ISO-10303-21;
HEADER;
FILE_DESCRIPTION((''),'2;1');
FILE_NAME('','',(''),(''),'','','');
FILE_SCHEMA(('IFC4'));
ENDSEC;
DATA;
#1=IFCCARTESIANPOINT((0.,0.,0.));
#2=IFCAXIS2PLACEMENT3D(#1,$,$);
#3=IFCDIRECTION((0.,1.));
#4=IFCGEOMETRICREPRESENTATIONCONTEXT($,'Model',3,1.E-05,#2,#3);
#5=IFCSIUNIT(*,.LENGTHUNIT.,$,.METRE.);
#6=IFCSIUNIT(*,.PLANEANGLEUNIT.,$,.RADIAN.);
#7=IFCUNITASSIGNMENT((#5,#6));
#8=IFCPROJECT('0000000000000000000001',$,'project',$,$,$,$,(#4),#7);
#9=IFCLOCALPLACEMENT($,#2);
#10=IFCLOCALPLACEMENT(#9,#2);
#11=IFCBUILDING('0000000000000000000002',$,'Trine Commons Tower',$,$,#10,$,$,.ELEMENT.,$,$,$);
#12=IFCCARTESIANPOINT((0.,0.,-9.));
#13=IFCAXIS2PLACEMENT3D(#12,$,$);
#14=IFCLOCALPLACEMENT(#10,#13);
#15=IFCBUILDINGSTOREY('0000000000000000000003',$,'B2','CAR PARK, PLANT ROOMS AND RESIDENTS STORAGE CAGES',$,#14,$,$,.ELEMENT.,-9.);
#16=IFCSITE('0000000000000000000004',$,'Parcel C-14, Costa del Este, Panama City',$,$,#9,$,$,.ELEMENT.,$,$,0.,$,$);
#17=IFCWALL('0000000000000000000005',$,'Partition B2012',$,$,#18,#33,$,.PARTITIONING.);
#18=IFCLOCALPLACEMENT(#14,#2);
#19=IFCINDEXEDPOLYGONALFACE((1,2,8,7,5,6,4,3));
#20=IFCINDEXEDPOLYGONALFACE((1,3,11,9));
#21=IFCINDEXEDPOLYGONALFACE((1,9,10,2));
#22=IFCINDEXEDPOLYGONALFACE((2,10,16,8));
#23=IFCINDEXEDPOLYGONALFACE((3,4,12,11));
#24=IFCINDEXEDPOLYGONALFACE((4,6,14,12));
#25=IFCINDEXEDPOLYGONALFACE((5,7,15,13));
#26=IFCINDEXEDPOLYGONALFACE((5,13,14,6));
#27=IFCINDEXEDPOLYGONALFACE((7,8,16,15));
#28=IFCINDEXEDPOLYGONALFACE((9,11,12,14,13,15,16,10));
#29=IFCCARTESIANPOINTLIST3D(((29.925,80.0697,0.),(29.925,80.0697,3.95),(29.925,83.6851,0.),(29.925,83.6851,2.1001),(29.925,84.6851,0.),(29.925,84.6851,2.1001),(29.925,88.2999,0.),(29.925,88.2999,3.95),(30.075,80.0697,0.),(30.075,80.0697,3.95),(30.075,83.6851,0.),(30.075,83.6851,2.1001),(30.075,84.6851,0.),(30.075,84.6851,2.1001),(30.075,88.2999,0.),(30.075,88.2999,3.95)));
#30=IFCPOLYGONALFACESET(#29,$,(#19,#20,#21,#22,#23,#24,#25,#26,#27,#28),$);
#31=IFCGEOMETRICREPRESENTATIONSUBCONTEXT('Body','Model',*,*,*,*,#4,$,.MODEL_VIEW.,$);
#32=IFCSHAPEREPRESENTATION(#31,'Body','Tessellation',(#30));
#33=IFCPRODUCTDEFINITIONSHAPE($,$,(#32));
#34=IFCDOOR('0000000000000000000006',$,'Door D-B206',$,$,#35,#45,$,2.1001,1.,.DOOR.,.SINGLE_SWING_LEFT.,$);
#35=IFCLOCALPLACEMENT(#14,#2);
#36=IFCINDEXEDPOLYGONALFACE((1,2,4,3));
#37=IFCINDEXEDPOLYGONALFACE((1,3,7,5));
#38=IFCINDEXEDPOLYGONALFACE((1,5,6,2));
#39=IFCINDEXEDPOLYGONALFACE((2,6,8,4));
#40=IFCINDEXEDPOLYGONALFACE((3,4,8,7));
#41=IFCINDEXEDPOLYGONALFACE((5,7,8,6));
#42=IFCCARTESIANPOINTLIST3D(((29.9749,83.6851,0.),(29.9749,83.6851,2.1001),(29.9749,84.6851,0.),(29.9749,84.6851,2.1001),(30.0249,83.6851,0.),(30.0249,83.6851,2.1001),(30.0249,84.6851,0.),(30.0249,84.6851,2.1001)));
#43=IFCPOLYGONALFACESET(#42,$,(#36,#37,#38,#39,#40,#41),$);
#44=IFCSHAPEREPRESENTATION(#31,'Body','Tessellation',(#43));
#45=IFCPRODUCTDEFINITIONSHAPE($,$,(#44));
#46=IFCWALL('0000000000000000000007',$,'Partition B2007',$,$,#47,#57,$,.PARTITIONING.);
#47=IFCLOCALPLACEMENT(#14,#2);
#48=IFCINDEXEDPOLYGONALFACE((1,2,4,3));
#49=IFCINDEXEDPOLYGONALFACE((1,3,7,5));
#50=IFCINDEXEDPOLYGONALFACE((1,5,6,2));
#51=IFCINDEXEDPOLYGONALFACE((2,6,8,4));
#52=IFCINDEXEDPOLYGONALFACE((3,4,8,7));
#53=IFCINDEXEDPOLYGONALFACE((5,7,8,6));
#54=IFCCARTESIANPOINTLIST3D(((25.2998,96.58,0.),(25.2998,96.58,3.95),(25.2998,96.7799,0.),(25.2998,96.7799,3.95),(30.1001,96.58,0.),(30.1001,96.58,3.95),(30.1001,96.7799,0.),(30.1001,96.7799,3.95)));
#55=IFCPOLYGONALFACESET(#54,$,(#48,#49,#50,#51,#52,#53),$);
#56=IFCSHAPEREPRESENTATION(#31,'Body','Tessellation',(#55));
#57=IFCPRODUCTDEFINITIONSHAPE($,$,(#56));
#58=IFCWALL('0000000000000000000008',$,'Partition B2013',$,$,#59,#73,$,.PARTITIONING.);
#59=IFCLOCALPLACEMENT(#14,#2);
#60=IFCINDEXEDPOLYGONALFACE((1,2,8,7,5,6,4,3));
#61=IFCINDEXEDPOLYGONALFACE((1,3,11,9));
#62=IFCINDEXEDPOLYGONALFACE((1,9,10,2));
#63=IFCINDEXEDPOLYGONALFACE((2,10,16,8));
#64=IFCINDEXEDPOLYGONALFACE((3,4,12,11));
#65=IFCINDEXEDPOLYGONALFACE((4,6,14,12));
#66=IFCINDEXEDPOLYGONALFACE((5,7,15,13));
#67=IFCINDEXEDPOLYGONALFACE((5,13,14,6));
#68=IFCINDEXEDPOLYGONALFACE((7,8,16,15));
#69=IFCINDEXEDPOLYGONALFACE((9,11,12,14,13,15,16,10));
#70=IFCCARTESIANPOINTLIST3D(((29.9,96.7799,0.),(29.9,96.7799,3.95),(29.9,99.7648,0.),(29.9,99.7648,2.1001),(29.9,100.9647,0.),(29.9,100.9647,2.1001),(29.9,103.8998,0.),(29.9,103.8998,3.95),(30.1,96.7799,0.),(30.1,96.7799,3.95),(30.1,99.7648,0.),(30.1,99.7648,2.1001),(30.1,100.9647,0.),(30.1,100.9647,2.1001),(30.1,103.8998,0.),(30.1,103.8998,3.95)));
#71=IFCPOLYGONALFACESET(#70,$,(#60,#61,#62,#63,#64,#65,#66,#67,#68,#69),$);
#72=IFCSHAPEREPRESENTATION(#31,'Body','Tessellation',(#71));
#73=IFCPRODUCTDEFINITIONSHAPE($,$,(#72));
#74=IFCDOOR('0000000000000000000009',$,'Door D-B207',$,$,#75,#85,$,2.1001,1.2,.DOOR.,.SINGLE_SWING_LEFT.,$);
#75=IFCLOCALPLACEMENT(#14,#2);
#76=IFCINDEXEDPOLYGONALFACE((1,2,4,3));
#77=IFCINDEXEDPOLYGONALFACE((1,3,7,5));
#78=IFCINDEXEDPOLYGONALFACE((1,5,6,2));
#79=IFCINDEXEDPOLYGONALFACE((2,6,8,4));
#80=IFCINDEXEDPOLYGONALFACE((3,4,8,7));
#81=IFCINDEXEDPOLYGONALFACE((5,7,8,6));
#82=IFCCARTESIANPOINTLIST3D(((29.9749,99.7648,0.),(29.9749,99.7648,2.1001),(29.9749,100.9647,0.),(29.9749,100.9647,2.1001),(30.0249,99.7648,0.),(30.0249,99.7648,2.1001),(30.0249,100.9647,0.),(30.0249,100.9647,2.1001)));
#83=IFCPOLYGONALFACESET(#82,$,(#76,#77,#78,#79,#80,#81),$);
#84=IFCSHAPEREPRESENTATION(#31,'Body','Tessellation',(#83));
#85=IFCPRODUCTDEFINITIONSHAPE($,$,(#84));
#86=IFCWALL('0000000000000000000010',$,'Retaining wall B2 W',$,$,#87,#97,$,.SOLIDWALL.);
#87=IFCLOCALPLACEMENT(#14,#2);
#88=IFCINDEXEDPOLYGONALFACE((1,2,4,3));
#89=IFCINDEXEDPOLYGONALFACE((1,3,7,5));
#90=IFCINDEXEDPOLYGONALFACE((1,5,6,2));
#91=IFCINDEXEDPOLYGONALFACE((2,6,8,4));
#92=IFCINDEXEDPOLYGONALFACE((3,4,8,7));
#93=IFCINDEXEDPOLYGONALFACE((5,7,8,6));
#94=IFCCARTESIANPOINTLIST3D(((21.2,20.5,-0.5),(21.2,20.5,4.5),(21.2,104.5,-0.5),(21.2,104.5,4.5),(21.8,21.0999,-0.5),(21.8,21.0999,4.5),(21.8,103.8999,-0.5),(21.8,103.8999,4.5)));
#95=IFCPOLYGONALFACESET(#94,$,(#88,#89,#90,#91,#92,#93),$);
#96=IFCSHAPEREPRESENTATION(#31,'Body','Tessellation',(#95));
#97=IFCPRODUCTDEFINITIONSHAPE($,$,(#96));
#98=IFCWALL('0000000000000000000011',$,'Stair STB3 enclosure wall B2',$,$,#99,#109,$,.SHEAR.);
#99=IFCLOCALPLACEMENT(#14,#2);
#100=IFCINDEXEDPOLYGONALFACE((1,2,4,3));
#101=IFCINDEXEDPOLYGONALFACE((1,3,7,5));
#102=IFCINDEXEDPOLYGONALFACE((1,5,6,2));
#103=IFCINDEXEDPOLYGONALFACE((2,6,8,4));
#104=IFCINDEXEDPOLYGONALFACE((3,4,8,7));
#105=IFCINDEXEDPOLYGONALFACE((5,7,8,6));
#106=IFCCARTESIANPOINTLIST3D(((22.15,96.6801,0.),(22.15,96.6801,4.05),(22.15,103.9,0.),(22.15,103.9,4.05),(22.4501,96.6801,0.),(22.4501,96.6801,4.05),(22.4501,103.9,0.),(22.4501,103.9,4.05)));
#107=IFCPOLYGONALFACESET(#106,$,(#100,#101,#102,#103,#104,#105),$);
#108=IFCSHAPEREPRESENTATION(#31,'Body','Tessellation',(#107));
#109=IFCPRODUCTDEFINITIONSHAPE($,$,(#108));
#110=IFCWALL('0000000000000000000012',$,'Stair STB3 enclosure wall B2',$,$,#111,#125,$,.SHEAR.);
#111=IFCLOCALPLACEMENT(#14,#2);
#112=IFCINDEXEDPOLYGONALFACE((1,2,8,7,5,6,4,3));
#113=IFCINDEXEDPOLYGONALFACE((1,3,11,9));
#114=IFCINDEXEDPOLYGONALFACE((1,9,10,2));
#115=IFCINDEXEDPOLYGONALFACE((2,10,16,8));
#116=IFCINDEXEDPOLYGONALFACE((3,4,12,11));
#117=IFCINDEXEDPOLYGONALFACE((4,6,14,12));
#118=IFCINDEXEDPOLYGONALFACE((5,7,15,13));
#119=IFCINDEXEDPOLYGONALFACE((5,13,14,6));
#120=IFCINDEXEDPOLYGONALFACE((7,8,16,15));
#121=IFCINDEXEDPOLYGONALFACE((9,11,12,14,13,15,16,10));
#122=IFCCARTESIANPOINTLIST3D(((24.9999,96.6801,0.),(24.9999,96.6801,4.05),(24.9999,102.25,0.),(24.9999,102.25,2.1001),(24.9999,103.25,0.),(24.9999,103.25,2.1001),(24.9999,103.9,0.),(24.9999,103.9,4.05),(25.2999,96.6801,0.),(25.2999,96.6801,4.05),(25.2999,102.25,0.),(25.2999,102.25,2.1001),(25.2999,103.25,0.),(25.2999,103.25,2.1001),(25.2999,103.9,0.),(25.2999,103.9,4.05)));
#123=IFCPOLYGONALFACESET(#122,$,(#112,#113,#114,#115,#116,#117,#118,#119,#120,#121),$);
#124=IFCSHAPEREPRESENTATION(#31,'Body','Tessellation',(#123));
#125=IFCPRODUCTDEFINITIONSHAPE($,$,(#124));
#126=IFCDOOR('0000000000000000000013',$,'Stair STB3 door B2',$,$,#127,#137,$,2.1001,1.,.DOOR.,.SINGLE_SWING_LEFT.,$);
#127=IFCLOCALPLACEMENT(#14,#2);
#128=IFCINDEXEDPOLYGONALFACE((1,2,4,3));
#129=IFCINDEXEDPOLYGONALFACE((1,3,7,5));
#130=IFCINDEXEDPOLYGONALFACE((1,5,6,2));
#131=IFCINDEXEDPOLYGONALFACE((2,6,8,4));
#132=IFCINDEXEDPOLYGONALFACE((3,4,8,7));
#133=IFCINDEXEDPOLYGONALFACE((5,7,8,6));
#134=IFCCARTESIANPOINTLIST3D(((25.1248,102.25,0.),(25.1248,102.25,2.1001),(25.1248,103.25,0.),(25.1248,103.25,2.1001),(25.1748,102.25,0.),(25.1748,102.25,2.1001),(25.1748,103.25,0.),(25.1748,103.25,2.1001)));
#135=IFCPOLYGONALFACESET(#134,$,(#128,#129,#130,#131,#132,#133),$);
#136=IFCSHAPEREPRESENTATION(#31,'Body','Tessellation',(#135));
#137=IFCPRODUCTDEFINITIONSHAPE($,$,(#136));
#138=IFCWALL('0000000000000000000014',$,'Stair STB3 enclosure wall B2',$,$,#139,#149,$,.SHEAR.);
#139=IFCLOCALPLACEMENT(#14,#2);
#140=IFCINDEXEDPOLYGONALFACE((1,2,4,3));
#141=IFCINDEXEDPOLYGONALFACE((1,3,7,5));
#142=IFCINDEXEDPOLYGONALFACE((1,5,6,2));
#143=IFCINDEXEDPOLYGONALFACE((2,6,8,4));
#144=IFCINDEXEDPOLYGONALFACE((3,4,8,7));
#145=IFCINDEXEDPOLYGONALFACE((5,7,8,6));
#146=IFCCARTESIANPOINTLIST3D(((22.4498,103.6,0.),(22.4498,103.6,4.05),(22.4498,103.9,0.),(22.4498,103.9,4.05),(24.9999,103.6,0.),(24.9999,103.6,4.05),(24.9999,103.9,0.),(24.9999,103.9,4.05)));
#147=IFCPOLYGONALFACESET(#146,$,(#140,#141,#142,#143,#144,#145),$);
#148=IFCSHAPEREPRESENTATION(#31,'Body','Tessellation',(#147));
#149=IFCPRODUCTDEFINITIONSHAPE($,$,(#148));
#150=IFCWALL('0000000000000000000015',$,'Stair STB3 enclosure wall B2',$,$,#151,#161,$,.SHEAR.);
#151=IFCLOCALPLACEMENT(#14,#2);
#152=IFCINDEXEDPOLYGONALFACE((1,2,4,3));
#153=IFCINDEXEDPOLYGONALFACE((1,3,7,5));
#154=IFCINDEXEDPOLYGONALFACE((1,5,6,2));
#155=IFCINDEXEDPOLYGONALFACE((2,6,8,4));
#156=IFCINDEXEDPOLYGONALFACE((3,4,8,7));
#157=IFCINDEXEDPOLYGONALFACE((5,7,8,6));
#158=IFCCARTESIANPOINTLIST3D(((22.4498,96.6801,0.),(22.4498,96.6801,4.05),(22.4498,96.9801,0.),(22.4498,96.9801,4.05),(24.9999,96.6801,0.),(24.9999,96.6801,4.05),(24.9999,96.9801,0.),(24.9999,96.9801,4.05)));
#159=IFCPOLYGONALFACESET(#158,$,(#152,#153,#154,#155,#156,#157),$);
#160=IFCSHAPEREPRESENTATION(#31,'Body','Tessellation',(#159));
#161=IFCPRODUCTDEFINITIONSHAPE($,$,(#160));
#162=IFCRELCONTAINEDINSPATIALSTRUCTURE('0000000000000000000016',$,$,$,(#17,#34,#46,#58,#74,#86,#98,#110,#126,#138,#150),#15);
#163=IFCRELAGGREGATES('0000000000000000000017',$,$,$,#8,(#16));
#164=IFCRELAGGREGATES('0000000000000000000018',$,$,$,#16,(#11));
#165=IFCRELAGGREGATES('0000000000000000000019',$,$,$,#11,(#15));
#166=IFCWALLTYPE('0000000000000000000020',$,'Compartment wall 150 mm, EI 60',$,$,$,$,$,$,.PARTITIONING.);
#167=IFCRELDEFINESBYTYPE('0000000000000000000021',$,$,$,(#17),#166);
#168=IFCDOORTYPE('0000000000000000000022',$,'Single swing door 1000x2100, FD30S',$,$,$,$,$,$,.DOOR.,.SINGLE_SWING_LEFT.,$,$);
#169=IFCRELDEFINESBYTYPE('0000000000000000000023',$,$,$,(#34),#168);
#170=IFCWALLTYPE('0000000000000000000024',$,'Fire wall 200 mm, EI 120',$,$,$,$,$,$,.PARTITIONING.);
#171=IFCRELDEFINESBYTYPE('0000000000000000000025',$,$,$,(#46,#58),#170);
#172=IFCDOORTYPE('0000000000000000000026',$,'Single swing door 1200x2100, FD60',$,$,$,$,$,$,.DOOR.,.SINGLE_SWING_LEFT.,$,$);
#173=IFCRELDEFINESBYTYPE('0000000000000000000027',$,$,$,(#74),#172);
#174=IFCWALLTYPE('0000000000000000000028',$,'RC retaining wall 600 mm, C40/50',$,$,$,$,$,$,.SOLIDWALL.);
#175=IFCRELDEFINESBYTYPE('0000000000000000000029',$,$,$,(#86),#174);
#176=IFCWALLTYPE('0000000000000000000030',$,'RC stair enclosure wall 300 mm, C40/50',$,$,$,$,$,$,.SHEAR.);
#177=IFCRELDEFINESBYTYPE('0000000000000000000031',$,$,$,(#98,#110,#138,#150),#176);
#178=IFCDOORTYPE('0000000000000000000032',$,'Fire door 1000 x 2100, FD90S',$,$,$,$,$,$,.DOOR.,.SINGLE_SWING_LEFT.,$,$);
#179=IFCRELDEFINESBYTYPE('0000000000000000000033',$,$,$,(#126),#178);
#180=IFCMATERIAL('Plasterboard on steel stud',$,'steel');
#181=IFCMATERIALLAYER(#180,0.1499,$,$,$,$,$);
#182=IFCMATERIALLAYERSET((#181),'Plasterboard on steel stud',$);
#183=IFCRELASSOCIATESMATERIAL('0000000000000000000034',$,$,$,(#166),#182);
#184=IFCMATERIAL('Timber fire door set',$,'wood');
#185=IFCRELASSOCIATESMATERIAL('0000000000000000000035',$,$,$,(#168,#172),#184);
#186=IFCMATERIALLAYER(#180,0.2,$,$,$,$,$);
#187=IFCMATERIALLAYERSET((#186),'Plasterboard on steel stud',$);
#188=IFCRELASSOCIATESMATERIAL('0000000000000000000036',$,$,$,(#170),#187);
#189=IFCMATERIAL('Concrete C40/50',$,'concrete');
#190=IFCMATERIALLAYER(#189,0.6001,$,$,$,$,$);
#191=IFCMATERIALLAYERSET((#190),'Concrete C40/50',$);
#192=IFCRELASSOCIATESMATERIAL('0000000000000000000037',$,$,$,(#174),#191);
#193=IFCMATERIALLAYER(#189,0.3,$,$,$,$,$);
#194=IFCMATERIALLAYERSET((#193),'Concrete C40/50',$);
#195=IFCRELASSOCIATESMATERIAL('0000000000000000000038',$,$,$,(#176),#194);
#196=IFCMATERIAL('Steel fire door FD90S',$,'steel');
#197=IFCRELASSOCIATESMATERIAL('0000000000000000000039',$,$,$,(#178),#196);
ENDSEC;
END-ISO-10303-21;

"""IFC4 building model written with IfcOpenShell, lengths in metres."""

from ifc_helpers import new_model, si_unit, direction, frame, frame_2d, origin, place, context, subcontext, project, spatial, polyline, rectangle, outline, extrude, material, layer, layer_set, type_object, element, fill, save


model = new_model("IFC4")

# Units and contexts
model_context = context("Model", 3, precision=1e-05, world=origin(), true_north=direction((0.0, 1.0)))
body_context = subcontext(model_context, "Body", "Model", "MODEL_VIEW")
ifc_project = project(units=[si_unit("LENGTHUNIT", "METRE"), si_unit("PLANEANGLEUNIT", "RADIAN")], contexts=[model_context])

# Site, building, storey
site_placement = place(None, origin())
site = spatial("IfcSite", under=ifc_project, at=site_placement, Name="Parcel C-14, Costa del Este, Panama City", CompositionType="ELEMENT", RefElevation=0.0)
building_placement = place(site_placement, origin())
building = spatial("IfcBuilding", under=site, at=building_placement, Name="Trine Commons Tower", CompositionType="ELEMENT")
storey_placement = place(building_placement, frame((0.0, 0.0, -9.0)))
storey = spatial("IfcBuildingStorey", under=building, at=storey_placement, Name="B2", Description="CAR PARK, PLANT ROOMS AND RESIDENTS STORAGE CAGES", CompositionType="ELEMENT", Elevation=-9.0)

# Shared definitions
ifc_material_1 = material(Name="Concrete C40/50", Category="concrete")

# Wall, opening, door
ifc_material_2 = material(Name="Plasterboard on steel stud", Category="steel")
ifc_layer_1 = layer(ifc_material_2, 0.1499)
ifc_layer_set_1 = layer_set([ifc_layer_1], Name="Plasterboard on steel stud")
wall_type_1 = type_object("IfcWallType", Name="Compartment wall 150 mm, EI 60", PredefinedType="PARTITIONING", material=ifc_layer_set_1)
wall_1_placement = place(storey_placement, frame((30.0, 88.3, 0.0), z_axis=(0.0, 0.0, 1.0), x_axis=(0.0, -1.0, 0.0)))
wall_1 = element("IfcWall", 1, at=wall_1_placement, inside=storey, type_object=wall_type_1, Name="Partition B2012", PredefinedType="PARTITIONING", context=body_context, shape_type="SweptSolid", body=[
    extrude(rectangle(XDim=8.2302, YDim=0.1499, at=frame_2d((4.1152, 0.0))), origin(), (0.0, 0.0, 1.0), 3.95),
])
opening_1_placement = place(wall_1_placement, frame((3.615, 0.0, 0.0)))
opening_1 = element("IfcOpeningElement", 2, at=opening_1_placement, cuts=wall_1, PredefinedType="OPENING", context=body_context, shape_type="SweptSolid", body=[
    extrude(rectangle(XDim=1.0, YDim=2.1001, at=frame_2d((0.5, 1.05))), frame((0.0, 0.085, 0.0), z_axis=(0.0, -1.0, 0.0), x_axis=(1.0, 0.0, 0.0)), (0.0, 0.0, 1.0), 0.1699),
])
ifc_material_3 = material(Name="Timber fire door set", Category="wood")
door_type_1 = type_object("IfcDoorType", Name="Single swing door 1000x2100, FD30S", OperationType="SINGLE_SWING_LEFT", PredefinedType="DOOR", material=ifc_material_3)
door_1_placement = place(opening_1_placement, origin())
door_1 = element("IfcDoor", 3, at=door_1_placement, inside=storey, type_object=door_type_1, Name="Door D-B206", OperationType="SINGLE_SWING_LEFT", OverallHeight=2.1001, OverallWidth=1.0, PredefinedType="DOOR", context=body_context, shape_type="SweptSolid", body=[
    extrude(rectangle(XDim=1.0, YDim=2.1001, at=frame_2d((0.5, 1.05))), frame((0.0, 0.0249, 0.0), z_axis=(0.0, -1.0, 0.0), x_axis=(1.0, 0.0, 0.0)), (0.0, 0.0, 1.0), 0.05),
])
fill(opening_1, door_1)

# Wall
ifc_layer_2 = layer(ifc_material_2, 0.2)
ifc_layer_set_2 = layer_set([ifc_layer_2], Name="Plasterboard on steel stud")
wall_type_2 = type_object("IfcWallType", Name="Fire wall 200 mm, EI 120", PredefinedType="PARTITIONING", material=ifc_layer_set_2)
wall_2_placement = place(storey_placement, frame((25.2998, 96.6799, 0.0), z_axis=(0.0, 0.0, 1.0), x_axis=(1.0, 0.0, 0.0)))
element("IfcWall", 4, at=wall_2_placement, inside=storey, type_object=wall_type_2, Name="Partition B2007", PredefinedType="PARTITIONING", context=body_context, shape_type="SweptSolid", body=[
    extrude(rectangle(XDim=4.8003, YDim=0.2, at=frame_2d((2.4001, 0.0))), origin(), (0.0, 0.0, 1.0), 3.95),
])

# Wall, opening, door
wall_3_placement = place(storey_placement, frame((30.0, 103.8999, 0.0), z_axis=(0.0, 0.0, 1.0), x_axis=(0.0, -1.0, 0.0)))
wall_3 = element("IfcWall", 5, at=wall_3_placement, inside=storey, type_object=wall_type_2, Name="Partition B2013", PredefinedType="PARTITIONING", context=body_context, shape_type="SweptSolid", body=[
    extrude(rectangle(XDim=7.1199, YDim=0.2, at=frame_2d((3.5601, 0.0))), origin(), (0.0, 0.0, 1.0), 3.95),
])
opening_2_placement = place(wall_3_placement, frame((2.9351, 0.0, 0.0)))
opening_2 = element("IfcOpeningElement", 6, at=opening_2_placement, cuts=wall_3, PredefinedType="OPENING", context=body_context, shape_type="SweptSolid", body=[
    extrude(rectangle(XDim=1.2, YDim=2.1001, at=frame_2d((0.6001, 1.05))), frame((0.0, 0.1099, 0.0), z_axis=(0.0, -1.0, 0.0), x_axis=(1.0, 0.0, 0.0)), (0.0, 0.0, 1.0), 0.22),
])
door_type_2 = type_object("IfcDoorType", Name="Single swing door 1200x2100, FD60", OperationType="SINGLE_SWING_LEFT", PredefinedType="DOOR", material=ifc_material_3)
door_2_placement = place(opening_2_placement, origin())
door_2 = element("IfcDoor", 7, at=door_2_placement, inside=storey, type_object=door_type_2, Name="Door D-B207", OperationType="SINGLE_SWING_LEFT", OverallHeight=2.1001, OverallWidth=1.2, PredefinedType="DOOR", context=body_context, shape_type="SweptSolid", body=[
    extrude(rectangle(XDim=1.2, YDim=2.1001, at=frame_2d((0.6001, 1.05))), frame((0.0, 0.0249, 0.0), z_axis=(0.0, -1.0, 0.0), x_axis=(1.0, 0.0, 0.0)), (0.0, 0.0, 1.0), 0.05),
])
fill(opening_2, door_2)

# Walls
ifc_layer_3 = layer(ifc_material_1, 0.6001)
ifc_layer_set_3 = layer_set([ifc_layer_3], Name="Concrete C40/50")
wall_type_3 = type_object("IfcWallType", Name="RC retaining wall 600 mm, C40/50", PredefinedType="SOLIDWALL", material=ifc_layer_set_3)
wall_4_placement = place(storey_placement, frame((21.5, 104.2, -0.5), z_axis=(0.0, 0.0, 1.0), x_axis=(0.0, -1.0, 0.0)))
element("IfcWall", 8, at=wall_4_placement, inside=storey, type_object=wall_type_3, Name="Retaining wall B2 W", PredefinedType="SOLIDWALL", context=body_context, shape_type="SweptSolid", body=[
    extrude(outline(polyline([(-0.3, -0.3), (83.7, -0.3), (83.1001, 0.3), (0.3, 0.3), (-0.3, -0.3)])), origin(), (0.0, 0.0, 1.0), 5.0),
])
ifc_layer_4 = layer(ifc_material_1, 0.3)
ifc_layer_set_4 = layer_set([ifc_layer_4], Name="Concrete C40/50")
wall_type_4 = type_object("IfcWallType", Name="RC stair enclosure wall 300 mm, C40/50", PredefinedType="SHEAR", material=ifc_layer_set_4)
wall_5_placement = place(storey_placement, frame((22.3, 103.8999, 0.0), z_axis=(0.0, 0.0, 1.0), x_axis=(0.0, -1.0, 0.0)))
element("IfcWall", 9, at=wall_5_placement, inside=storey, type_object=wall_type_4, Name="Stair STB3 enclosure wall B2", PredefinedType="SHEAR", context=body_context, shape_type="SweptSolid", body=[
    extrude(rectangle(XDim=7.22, YDim=0.3, at=frame_2d((3.6099, 0.0))), origin(), (0.0, 0.0, 1.0), 4.05),
])

# Wall, opening, door
wall_6_placement = place(storey_placement, frame((25.1499, 103.8999, 0.0), z_axis=(0.0, 0.0, 1.0), x_axis=(0.0, -1.0, 0.0)))
wall_6 = element("IfcWall", 10, at=wall_6_placement, inside=storey, type_object=wall_type_4, Name="Stair STB3 enclosure wall B2", PredefinedType="SHEAR", context=body_context, shape_type="SweptSolid", body=[
    extrude(rectangle(XDim=7.22, YDim=0.3, at=frame_2d((3.6099, 0.0))), origin(), (0.0, 0.0, 1.0), 4.05),
])
opening_3_placement = place(wall_6_placement, frame((0.6499, 0.0, 0.0)))
opening_3 = element("IfcOpeningElement", 11, at=opening_3_placement, cuts=wall_6, PredefinedType="OPENING", context=body_context, shape_type="SweptSolid", body=[
    extrude(rectangle(XDim=1.0, YDim=2.1001, at=frame_2d((0.5, 1.05))), frame((0.0, 0.1599, 0.0), z_axis=(0.0, -1.0, 0.0), x_axis=(1.0, 0.0, 0.0)), (0.0, 0.0, 1.0), 0.3201),
])
ifc_material_4 = material(Name="Steel fire door FD90S", Category="steel")
door_type_3 = type_object("IfcDoorType", Name="Fire door 1000 x 2100, FD90S", OperationType="SINGLE_SWING_LEFT", PredefinedType="DOOR", material=ifc_material_4)
door_3_placement = place(opening_3_placement, origin())
door_3 = element("IfcDoor", 12, at=door_3_placement, inside=storey, type_object=door_type_3, Name="Stair STB3 door B2", OperationType="SINGLE_SWING_LEFT", OverallHeight=2.1001, OverallWidth=1.0, PredefinedType="DOOR", context=body_context, shape_type="SweptSolid", body=[
    extrude(rectangle(XDim=1.0, YDim=2.1001, at=frame_2d((0.5, 1.05))), frame((0.0, 0.0249, 0.0), z_axis=(0.0, -1.0, 0.0), x_axis=(1.0, 0.0, 0.0)), (0.0, 0.0, 1.0), 0.05),
])
fill(opening_3, door_3)

# Walls
for number, where, z_axis, x_axis, name in (
    (13, (22.45, 103.75, 0.0), (0.0, 0.0, 1.0), (1.0, 0.0, 0.0), "Stair STB3 enclosure wall B2"),
    (14, (22.45, 96.8301, 0.0), (0.0, 0.0, 1.0), (1.0, 0.0, 0.0), "Stair STB3 enclosure wall B2"),
):
    element("IfcWall", number, at=place(storey_placement, frame(where, z_axis=z_axis, x_axis=x_axis)), inside=storey, type_object=wall_type_4, Name=name, PredefinedType="SHEAR", context=body_context, shape_type="SweptSolid", body=[
        extrude(rectangle(XDim=2.55, YDim=0.3, at=frame_2d((1.2749, 0.0))), origin(), (0.0, 0.0, 1.0), 4.05),
    ])

save(model, "model.ifc")
